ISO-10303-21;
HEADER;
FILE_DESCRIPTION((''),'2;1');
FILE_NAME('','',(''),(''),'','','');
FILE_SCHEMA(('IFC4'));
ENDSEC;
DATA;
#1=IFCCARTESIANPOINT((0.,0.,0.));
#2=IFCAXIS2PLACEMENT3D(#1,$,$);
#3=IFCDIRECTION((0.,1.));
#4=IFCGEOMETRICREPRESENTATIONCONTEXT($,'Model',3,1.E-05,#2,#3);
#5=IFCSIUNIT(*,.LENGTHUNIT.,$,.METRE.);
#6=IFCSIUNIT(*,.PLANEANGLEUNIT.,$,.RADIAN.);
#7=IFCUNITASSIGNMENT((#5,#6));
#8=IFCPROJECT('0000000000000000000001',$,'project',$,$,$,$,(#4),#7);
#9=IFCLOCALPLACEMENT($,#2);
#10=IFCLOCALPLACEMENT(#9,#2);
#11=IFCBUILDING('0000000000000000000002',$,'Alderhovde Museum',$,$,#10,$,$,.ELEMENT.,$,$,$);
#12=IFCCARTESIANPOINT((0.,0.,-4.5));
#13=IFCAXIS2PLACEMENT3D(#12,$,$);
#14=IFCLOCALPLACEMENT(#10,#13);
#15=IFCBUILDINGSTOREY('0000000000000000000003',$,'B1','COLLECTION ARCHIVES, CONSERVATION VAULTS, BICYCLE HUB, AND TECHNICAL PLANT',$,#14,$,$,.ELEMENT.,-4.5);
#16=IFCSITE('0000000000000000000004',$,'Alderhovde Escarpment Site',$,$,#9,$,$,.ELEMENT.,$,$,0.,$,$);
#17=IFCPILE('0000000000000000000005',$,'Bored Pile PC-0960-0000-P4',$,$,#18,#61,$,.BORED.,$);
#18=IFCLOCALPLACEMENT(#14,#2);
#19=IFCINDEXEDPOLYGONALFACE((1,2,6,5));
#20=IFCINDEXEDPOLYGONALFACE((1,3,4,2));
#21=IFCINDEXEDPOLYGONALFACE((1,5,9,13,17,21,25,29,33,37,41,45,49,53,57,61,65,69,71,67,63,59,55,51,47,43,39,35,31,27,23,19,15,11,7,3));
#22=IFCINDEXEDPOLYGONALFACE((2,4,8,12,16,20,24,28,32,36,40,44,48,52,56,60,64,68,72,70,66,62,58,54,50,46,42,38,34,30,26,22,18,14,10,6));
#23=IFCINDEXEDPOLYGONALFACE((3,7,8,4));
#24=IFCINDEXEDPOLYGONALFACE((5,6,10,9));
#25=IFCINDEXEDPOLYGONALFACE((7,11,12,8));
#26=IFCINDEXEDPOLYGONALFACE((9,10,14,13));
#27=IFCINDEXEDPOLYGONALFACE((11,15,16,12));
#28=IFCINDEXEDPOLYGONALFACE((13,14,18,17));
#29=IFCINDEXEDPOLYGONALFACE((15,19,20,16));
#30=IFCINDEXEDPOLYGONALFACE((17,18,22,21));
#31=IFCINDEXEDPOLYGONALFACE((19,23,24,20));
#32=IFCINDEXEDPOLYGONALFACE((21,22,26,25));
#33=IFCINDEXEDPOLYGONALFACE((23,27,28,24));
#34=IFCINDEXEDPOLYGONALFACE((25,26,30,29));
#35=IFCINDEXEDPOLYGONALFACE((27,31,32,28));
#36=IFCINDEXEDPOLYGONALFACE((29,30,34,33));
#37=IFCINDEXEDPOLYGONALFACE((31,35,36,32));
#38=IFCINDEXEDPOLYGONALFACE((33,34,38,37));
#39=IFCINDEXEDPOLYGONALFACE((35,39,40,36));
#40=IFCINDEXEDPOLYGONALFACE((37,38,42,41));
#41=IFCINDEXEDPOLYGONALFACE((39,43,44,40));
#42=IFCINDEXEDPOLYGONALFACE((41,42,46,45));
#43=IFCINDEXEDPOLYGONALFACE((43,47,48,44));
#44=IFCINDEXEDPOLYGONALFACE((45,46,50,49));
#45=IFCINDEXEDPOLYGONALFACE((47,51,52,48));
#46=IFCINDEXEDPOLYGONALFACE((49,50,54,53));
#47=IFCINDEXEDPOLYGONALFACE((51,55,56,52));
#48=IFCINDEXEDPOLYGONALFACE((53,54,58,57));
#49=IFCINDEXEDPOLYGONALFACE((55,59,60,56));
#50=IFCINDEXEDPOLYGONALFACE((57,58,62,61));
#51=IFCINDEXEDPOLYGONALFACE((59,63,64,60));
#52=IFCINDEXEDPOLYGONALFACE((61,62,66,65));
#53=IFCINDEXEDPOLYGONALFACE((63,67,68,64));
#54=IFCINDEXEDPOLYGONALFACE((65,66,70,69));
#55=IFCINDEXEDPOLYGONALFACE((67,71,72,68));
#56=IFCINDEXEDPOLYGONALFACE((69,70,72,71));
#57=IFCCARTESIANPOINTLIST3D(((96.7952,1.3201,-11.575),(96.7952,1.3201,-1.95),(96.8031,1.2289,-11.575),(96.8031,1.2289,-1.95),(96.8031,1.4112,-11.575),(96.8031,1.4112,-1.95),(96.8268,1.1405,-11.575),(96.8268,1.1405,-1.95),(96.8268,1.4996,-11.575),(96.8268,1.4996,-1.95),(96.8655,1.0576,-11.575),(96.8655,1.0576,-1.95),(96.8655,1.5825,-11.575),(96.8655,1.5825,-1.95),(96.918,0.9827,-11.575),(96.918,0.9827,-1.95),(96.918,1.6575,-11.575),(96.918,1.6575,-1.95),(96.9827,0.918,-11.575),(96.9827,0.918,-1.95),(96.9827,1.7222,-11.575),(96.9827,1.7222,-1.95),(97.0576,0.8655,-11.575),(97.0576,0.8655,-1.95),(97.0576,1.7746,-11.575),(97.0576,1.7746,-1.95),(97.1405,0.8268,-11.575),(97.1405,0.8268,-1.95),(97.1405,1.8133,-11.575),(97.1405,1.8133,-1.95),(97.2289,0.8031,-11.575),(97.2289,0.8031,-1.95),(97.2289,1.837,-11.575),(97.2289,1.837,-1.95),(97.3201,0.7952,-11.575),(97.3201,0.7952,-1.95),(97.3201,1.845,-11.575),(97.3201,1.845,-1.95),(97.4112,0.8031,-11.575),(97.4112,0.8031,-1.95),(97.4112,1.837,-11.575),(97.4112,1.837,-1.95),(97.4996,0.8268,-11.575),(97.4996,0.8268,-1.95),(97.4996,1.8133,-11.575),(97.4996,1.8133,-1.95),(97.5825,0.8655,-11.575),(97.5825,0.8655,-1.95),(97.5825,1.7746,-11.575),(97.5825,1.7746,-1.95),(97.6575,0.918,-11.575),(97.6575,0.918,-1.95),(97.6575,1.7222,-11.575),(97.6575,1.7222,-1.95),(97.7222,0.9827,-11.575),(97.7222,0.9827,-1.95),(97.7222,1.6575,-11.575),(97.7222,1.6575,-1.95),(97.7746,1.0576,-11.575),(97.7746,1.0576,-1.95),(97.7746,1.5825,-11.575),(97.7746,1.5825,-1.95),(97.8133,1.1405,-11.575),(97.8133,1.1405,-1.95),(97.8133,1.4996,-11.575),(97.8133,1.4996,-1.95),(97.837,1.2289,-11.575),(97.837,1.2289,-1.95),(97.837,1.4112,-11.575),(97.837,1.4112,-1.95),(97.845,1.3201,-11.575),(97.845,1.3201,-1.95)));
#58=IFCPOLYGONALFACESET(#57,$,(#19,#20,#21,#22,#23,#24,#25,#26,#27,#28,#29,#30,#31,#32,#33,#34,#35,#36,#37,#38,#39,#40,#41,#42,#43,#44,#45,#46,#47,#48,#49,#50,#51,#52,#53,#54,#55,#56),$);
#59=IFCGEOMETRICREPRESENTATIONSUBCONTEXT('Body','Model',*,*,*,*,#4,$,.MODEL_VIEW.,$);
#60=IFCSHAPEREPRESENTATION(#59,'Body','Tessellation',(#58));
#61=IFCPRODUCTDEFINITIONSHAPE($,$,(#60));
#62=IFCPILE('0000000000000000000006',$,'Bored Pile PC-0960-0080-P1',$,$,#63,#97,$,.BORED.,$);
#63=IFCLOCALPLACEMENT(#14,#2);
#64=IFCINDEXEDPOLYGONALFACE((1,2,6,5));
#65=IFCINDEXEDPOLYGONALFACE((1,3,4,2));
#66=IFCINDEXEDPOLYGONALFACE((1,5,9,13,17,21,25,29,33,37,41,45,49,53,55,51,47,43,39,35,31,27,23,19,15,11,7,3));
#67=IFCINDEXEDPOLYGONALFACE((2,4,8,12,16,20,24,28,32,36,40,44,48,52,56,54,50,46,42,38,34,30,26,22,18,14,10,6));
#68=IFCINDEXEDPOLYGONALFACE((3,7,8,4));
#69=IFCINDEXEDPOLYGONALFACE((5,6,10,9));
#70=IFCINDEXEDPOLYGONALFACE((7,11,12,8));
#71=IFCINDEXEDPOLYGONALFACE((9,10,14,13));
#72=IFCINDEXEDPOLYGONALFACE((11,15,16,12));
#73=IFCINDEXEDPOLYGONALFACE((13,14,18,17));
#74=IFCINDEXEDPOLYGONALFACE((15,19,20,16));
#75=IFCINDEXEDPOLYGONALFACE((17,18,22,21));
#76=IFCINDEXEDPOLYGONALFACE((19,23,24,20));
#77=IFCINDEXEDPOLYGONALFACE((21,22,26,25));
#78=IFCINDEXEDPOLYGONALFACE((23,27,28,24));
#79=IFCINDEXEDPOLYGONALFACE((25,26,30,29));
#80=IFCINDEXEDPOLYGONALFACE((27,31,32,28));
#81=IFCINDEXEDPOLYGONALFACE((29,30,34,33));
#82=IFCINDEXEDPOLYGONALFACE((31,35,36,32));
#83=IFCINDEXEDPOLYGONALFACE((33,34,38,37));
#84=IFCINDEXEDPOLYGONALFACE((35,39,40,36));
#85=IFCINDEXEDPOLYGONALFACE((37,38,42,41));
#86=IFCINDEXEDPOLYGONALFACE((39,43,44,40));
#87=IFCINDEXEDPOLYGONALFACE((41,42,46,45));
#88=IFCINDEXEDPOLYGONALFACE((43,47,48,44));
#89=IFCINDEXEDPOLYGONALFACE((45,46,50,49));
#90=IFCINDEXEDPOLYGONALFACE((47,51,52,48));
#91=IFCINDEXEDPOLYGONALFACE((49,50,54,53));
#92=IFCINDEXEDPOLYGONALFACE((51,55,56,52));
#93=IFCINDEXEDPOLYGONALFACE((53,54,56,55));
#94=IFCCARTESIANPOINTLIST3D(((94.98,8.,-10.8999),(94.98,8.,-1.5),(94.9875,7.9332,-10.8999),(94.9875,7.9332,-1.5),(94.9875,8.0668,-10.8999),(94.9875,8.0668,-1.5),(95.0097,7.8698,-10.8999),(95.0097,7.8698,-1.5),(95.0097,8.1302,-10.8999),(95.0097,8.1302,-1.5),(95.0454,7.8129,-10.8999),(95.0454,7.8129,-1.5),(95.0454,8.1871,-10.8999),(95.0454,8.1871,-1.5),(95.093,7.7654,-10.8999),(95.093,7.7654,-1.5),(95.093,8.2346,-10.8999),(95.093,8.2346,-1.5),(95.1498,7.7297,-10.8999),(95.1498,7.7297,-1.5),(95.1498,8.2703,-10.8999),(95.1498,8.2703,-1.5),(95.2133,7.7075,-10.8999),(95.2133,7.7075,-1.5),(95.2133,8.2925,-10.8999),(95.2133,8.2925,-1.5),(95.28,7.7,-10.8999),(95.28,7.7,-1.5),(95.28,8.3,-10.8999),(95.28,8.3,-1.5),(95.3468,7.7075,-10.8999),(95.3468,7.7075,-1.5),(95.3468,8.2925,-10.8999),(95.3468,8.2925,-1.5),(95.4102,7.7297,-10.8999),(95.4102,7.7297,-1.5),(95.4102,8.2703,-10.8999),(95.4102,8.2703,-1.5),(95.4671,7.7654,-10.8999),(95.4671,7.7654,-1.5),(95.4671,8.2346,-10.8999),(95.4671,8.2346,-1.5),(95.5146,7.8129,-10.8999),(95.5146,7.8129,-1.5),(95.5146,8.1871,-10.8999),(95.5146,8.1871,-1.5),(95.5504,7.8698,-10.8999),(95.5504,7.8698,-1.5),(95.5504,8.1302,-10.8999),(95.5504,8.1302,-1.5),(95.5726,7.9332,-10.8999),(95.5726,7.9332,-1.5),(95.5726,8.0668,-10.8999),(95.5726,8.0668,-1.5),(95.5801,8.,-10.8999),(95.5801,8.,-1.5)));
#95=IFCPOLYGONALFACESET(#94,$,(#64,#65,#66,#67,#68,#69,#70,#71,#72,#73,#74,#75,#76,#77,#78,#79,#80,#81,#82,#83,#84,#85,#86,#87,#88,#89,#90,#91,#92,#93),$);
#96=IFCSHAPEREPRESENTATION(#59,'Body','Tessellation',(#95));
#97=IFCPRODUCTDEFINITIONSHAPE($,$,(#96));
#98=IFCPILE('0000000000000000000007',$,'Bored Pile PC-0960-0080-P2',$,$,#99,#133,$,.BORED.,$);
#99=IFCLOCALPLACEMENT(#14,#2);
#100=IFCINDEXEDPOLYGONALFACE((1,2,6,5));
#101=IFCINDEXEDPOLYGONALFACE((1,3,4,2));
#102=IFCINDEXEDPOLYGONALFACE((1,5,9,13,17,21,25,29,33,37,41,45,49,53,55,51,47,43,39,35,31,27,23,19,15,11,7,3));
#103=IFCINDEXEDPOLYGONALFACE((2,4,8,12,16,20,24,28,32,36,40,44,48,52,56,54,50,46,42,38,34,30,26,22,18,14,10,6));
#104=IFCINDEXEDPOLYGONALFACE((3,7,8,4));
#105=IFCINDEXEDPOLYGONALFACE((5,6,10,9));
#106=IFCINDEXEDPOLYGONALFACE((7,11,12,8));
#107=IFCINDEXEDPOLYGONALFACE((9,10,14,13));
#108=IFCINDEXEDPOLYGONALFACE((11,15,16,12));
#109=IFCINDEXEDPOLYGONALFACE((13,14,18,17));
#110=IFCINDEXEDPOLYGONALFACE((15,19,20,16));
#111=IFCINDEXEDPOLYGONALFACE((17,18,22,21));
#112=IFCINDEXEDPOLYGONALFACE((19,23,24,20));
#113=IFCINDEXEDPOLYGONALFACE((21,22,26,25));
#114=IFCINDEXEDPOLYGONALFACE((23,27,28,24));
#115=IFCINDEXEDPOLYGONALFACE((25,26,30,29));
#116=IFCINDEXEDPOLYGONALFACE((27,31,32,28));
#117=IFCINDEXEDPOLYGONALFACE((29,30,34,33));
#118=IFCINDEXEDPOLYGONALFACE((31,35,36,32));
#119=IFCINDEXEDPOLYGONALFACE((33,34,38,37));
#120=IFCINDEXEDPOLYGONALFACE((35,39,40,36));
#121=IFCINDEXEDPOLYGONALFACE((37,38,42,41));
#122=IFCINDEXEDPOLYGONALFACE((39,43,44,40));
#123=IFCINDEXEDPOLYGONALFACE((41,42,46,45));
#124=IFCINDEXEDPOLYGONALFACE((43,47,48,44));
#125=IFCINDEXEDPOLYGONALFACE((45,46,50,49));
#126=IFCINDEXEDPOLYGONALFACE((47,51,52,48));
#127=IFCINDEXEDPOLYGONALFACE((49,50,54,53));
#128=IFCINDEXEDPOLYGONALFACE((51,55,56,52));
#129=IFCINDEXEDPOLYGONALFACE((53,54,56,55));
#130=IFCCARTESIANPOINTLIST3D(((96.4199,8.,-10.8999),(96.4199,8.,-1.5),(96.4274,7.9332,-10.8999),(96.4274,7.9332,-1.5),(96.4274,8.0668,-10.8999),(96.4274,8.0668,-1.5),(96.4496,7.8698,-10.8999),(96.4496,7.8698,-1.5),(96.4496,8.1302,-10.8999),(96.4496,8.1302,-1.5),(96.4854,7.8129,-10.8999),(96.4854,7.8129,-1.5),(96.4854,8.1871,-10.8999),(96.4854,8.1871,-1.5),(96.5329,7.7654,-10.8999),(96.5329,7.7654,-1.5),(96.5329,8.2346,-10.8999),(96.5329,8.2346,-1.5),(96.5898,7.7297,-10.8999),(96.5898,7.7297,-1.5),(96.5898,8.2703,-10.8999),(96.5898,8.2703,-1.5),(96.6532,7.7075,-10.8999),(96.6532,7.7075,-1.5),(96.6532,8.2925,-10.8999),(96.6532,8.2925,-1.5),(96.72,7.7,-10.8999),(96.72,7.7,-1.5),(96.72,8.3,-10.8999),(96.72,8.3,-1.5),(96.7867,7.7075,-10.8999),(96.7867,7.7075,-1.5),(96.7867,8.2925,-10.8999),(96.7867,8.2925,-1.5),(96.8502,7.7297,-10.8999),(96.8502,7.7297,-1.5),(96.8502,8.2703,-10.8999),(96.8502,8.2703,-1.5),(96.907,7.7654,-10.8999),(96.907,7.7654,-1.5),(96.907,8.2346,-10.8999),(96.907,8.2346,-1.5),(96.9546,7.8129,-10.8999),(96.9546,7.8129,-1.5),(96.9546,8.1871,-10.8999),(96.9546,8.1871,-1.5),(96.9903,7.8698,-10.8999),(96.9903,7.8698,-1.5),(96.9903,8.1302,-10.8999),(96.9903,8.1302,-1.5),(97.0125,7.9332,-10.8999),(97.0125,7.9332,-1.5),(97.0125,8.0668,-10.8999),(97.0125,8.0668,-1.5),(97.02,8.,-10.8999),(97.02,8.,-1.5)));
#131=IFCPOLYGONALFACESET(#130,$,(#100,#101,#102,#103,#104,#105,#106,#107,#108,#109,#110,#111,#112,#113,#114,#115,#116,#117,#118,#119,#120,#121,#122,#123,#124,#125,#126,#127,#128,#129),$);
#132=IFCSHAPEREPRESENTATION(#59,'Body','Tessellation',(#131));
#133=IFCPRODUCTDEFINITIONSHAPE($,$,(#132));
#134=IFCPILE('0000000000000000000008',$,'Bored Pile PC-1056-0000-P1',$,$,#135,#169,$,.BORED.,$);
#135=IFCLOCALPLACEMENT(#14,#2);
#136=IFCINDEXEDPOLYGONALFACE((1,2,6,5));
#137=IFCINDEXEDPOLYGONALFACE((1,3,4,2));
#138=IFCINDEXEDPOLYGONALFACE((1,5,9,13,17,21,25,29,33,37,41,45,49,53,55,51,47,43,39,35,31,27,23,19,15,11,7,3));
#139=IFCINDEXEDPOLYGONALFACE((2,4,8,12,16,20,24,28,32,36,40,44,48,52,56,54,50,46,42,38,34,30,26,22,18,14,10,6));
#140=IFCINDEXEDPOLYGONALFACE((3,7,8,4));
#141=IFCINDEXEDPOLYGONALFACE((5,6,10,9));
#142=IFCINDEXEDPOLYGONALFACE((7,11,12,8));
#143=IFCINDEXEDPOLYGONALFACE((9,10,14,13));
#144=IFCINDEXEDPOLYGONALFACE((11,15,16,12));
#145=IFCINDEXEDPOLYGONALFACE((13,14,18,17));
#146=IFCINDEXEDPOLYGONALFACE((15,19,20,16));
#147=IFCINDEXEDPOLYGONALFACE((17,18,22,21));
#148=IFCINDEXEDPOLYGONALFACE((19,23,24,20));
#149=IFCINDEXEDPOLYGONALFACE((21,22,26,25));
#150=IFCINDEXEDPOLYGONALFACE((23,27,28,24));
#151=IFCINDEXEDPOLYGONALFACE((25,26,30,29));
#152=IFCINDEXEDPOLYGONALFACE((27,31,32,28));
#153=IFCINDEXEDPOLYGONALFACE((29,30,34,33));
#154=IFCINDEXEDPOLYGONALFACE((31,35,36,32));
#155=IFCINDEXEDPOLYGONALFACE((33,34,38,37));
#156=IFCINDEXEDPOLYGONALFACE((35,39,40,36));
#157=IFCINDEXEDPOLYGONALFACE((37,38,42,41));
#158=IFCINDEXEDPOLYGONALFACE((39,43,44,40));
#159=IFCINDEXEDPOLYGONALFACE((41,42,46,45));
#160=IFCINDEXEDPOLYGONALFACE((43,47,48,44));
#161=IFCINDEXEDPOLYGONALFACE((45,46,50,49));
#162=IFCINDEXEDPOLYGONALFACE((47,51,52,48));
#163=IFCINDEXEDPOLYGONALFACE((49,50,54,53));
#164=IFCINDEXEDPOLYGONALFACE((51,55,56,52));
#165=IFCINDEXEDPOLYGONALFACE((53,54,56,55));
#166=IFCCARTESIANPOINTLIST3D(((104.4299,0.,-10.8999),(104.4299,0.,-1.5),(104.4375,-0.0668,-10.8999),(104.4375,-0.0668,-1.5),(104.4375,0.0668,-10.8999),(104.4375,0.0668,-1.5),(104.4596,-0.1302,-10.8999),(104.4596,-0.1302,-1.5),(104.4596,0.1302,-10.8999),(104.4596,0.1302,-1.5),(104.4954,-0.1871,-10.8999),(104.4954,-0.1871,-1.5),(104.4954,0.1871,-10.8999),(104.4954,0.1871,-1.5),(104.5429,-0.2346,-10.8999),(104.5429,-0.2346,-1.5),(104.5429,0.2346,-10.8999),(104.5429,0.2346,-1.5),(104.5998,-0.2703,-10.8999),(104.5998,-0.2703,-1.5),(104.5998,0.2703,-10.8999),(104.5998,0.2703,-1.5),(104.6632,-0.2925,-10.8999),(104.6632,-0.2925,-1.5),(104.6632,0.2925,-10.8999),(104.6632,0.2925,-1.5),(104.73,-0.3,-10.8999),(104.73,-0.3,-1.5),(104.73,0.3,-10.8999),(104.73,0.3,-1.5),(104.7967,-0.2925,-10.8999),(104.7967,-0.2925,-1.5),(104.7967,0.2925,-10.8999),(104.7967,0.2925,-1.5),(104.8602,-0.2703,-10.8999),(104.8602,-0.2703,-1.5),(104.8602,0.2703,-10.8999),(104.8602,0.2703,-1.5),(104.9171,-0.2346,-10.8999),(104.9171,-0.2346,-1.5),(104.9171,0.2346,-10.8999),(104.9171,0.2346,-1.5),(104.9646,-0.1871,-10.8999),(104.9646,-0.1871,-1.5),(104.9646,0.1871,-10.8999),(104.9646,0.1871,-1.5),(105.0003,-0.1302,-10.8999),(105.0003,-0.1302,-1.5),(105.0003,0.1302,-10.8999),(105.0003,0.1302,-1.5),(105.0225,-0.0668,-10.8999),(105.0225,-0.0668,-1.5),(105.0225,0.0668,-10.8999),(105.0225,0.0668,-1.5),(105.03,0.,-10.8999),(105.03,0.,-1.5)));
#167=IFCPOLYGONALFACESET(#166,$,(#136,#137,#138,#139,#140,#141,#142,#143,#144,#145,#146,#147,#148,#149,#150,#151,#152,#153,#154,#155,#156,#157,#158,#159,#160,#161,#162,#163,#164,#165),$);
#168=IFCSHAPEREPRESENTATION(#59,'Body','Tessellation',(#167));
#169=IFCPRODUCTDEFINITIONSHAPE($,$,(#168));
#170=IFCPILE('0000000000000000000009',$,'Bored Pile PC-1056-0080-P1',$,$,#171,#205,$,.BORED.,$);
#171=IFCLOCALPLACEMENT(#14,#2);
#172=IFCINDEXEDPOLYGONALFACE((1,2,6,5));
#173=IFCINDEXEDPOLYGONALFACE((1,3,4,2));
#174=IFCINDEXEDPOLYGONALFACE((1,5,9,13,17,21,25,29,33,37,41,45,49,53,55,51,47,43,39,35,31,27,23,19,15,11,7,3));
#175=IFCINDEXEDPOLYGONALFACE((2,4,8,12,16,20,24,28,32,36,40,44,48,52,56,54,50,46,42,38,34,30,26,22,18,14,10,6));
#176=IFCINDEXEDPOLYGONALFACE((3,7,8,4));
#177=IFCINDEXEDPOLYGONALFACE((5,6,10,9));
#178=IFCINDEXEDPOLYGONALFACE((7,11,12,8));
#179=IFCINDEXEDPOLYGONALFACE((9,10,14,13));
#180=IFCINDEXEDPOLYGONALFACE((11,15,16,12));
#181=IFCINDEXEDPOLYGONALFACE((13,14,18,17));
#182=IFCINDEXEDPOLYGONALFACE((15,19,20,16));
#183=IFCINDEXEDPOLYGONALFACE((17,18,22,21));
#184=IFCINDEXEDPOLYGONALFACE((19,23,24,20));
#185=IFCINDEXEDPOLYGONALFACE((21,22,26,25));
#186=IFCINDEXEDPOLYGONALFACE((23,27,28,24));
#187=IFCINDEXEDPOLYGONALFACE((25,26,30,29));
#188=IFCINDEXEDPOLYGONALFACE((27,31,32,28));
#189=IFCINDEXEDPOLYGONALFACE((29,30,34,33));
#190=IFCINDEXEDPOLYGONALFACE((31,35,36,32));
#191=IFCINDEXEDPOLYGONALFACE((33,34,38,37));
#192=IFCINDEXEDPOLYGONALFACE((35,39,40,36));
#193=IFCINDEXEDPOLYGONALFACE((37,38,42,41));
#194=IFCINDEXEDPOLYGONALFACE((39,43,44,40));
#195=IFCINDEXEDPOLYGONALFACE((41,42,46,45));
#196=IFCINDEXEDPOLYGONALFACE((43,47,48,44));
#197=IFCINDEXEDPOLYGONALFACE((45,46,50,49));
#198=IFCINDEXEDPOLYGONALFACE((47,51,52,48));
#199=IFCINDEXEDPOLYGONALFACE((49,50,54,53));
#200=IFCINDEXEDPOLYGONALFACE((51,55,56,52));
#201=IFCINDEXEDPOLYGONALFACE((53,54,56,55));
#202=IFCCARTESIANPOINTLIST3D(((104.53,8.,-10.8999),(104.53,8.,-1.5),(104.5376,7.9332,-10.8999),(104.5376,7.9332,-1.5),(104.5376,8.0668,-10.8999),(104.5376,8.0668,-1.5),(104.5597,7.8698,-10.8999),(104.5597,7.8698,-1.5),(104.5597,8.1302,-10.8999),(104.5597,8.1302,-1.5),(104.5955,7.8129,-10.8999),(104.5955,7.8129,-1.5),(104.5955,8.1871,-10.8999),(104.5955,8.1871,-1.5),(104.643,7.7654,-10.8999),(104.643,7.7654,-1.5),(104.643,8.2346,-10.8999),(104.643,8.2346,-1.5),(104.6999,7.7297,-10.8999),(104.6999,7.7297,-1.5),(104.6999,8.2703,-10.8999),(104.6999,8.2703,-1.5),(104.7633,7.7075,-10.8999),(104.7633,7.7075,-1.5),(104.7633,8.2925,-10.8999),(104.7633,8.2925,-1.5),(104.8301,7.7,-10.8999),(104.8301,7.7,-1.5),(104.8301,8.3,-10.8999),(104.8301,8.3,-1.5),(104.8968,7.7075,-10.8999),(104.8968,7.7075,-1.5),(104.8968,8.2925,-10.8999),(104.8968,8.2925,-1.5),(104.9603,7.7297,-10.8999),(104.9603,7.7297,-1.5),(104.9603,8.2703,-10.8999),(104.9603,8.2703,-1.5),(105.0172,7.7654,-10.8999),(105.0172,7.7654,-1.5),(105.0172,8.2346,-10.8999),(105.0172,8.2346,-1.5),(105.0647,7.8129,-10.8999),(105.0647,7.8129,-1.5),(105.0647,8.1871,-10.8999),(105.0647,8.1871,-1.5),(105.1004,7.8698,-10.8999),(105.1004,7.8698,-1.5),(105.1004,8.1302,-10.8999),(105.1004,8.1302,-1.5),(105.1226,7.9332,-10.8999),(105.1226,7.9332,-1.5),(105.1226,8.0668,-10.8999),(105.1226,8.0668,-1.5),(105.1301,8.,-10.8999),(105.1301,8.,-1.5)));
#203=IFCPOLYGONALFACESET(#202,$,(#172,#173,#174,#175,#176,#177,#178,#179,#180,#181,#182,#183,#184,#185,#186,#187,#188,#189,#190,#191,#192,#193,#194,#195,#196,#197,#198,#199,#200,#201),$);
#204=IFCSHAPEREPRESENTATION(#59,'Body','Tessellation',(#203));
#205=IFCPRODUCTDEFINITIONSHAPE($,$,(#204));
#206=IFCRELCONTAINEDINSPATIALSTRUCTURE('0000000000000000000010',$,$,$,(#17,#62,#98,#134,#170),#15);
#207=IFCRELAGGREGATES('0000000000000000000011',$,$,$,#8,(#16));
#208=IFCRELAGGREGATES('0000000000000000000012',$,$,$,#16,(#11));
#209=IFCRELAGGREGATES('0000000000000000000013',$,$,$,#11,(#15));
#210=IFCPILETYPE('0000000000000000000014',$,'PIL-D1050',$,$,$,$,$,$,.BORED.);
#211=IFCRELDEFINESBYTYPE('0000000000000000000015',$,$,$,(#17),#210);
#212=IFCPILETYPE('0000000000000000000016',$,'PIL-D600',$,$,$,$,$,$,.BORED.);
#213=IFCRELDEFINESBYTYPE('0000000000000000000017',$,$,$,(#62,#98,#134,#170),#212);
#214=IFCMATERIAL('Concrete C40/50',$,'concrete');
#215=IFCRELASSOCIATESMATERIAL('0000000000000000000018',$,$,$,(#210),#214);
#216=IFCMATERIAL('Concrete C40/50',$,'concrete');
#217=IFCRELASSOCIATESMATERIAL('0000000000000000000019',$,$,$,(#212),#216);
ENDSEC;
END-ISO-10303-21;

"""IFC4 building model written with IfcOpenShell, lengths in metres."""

from ifc_helpers import new_model, si_unit, direction, frame, origin, origin_2d, place, context, subcontext, project, spatial, circle, extrude, material, material_profile, profile_set, type_object, element, save


model = new_model("IFC4")

# Units and contexts
model_context = context("Model", 3, precision=1e-05, world=origin(), true_north=direction((0.0, 1.0)))
body_context = subcontext(model_context, "Body", "Model", "MODEL_VIEW")
ifc_project = project(units=[si_unit("LENGTHUNIT", "METRE"), si_unit("PLANEANGLEUNIT", "RADIAN")], contexts=[model_context])

# Site, building, storey
site_placement = place(None, origin())
site = spatial("IfcSite", under=ifc_project, at=site_placement, Name="Alderhovde Escarpment Site", CompositionType="ELEMENT", RefElevation=0.0)
building_placement = place(site_placement, origin())
building = spatial("IfcBuilding", under=site, at=building_placement, Name="Alderhovde Museum", CompositionType="ELEMENT")
storey_placement = place(building_placement, frame((0.0, 0.0, -4.5)))
storey = spatial("IfcBuildingStorey", under=building, at=storey_placement, Name="B1", Description="COLLECTION ARCHIVES, CONSERVATION VAULTS, BICYCLE HUB, AND TECHNICAL PLANT", CompositionType="ELEMENT", Elevation=-4.5)

# Piles
ifc_material_1 = material(Name="Concrete C40/50", Category="concrete")
ifc_material_profile_1 = material_profile(ifc_material_1, circle(Radius=0.5249, at=origin_2d()), Name="PILE-D1050")
ifc_profile_set_1 = profile_set([ifc_material_profile_1], Name="Concrete C40/50")
pile_type_1 = type_object("IfcPileType", Name="PIL-D1050", PredefinedType="BORED", material=ifc_profile_set_1)
for number, where, z_axis, x_axis, name in (
    (1, (97.3201, 1.3201, -1.95), (0.0, 0.0, -1.0), (1.0, 0.0, 0.0), "Bored Pile PC-0960-0000-P4"),
):
    element("IfcPile", number, at=place(storey_placement, frame(where, z_axis=z_axis, x_axis=x_axis)), inside=storey, type_object=pile_type_1, Name=name, PredefinedType="BORED", context=body_context, shape_type="SweptSolid", body=[
        extrude(circle(Radius=0.5249, at=origin_2d()), origin(), (0.0, 0.0, 1.0), 9.625),
    ])
ifc_material_2 = material(Name="Concrete C40/50", Category="concrete")
ifc_material_profile_2 = material_profile(ifc_material_2, circle(Radius=0.3, at=origin_2d()), Name="PILE-D600")
ifc_profile_set_2 = profile_set([ifc_material_profile_2], Name="Concrete C40/50")
pile_type_2 = type_object("IfcPileType", Name="PIL-D600", PredefinedType="BORED", material=ifc_profile_set_2)
for number, where, z_axis, x_axis, name in (
    (2, (95.28, 8.0, -1.5), (0.0, 0.0, -1.0), (1.0, 0.0, 0.0), "Bored Pile PC-0960-0080-P1"),
    (3, (96.72, 8.0, -1.5), (0.0, 0.0, -1.0), (1.0, 0.0, 0.0), "Bored Pile PC-0960-0080-P2"),
    (4, (104.73, 0.0, -1.5), (0.0, 0.0, -1.0), (1.0, 0.0, 0.0), "Bored Pile PC-1056-0000-P1"),
    (5, (104.8301, 8.0, -1.5), (0.0, 0.0, -1.0), (1.0, 0.0, 0.0), "Bored Pile PC-1056-0080-P1"),
):
    element("IfcPile", number, at=place(storey_placement, frame(where, z_axis=z_axis, x_axis=x_axis)), inside=storey, type_object=pile_type_2, Name=name, PredefinedType="BORED", context=body_context, shape_type="SweptSolid", body=[
        extrude(circle(Radius=0.3, at=origin_2d()), origin(), (0.0, 0.0, 1.0), 9.3999),
    ])

save(model, "model.ifc")
